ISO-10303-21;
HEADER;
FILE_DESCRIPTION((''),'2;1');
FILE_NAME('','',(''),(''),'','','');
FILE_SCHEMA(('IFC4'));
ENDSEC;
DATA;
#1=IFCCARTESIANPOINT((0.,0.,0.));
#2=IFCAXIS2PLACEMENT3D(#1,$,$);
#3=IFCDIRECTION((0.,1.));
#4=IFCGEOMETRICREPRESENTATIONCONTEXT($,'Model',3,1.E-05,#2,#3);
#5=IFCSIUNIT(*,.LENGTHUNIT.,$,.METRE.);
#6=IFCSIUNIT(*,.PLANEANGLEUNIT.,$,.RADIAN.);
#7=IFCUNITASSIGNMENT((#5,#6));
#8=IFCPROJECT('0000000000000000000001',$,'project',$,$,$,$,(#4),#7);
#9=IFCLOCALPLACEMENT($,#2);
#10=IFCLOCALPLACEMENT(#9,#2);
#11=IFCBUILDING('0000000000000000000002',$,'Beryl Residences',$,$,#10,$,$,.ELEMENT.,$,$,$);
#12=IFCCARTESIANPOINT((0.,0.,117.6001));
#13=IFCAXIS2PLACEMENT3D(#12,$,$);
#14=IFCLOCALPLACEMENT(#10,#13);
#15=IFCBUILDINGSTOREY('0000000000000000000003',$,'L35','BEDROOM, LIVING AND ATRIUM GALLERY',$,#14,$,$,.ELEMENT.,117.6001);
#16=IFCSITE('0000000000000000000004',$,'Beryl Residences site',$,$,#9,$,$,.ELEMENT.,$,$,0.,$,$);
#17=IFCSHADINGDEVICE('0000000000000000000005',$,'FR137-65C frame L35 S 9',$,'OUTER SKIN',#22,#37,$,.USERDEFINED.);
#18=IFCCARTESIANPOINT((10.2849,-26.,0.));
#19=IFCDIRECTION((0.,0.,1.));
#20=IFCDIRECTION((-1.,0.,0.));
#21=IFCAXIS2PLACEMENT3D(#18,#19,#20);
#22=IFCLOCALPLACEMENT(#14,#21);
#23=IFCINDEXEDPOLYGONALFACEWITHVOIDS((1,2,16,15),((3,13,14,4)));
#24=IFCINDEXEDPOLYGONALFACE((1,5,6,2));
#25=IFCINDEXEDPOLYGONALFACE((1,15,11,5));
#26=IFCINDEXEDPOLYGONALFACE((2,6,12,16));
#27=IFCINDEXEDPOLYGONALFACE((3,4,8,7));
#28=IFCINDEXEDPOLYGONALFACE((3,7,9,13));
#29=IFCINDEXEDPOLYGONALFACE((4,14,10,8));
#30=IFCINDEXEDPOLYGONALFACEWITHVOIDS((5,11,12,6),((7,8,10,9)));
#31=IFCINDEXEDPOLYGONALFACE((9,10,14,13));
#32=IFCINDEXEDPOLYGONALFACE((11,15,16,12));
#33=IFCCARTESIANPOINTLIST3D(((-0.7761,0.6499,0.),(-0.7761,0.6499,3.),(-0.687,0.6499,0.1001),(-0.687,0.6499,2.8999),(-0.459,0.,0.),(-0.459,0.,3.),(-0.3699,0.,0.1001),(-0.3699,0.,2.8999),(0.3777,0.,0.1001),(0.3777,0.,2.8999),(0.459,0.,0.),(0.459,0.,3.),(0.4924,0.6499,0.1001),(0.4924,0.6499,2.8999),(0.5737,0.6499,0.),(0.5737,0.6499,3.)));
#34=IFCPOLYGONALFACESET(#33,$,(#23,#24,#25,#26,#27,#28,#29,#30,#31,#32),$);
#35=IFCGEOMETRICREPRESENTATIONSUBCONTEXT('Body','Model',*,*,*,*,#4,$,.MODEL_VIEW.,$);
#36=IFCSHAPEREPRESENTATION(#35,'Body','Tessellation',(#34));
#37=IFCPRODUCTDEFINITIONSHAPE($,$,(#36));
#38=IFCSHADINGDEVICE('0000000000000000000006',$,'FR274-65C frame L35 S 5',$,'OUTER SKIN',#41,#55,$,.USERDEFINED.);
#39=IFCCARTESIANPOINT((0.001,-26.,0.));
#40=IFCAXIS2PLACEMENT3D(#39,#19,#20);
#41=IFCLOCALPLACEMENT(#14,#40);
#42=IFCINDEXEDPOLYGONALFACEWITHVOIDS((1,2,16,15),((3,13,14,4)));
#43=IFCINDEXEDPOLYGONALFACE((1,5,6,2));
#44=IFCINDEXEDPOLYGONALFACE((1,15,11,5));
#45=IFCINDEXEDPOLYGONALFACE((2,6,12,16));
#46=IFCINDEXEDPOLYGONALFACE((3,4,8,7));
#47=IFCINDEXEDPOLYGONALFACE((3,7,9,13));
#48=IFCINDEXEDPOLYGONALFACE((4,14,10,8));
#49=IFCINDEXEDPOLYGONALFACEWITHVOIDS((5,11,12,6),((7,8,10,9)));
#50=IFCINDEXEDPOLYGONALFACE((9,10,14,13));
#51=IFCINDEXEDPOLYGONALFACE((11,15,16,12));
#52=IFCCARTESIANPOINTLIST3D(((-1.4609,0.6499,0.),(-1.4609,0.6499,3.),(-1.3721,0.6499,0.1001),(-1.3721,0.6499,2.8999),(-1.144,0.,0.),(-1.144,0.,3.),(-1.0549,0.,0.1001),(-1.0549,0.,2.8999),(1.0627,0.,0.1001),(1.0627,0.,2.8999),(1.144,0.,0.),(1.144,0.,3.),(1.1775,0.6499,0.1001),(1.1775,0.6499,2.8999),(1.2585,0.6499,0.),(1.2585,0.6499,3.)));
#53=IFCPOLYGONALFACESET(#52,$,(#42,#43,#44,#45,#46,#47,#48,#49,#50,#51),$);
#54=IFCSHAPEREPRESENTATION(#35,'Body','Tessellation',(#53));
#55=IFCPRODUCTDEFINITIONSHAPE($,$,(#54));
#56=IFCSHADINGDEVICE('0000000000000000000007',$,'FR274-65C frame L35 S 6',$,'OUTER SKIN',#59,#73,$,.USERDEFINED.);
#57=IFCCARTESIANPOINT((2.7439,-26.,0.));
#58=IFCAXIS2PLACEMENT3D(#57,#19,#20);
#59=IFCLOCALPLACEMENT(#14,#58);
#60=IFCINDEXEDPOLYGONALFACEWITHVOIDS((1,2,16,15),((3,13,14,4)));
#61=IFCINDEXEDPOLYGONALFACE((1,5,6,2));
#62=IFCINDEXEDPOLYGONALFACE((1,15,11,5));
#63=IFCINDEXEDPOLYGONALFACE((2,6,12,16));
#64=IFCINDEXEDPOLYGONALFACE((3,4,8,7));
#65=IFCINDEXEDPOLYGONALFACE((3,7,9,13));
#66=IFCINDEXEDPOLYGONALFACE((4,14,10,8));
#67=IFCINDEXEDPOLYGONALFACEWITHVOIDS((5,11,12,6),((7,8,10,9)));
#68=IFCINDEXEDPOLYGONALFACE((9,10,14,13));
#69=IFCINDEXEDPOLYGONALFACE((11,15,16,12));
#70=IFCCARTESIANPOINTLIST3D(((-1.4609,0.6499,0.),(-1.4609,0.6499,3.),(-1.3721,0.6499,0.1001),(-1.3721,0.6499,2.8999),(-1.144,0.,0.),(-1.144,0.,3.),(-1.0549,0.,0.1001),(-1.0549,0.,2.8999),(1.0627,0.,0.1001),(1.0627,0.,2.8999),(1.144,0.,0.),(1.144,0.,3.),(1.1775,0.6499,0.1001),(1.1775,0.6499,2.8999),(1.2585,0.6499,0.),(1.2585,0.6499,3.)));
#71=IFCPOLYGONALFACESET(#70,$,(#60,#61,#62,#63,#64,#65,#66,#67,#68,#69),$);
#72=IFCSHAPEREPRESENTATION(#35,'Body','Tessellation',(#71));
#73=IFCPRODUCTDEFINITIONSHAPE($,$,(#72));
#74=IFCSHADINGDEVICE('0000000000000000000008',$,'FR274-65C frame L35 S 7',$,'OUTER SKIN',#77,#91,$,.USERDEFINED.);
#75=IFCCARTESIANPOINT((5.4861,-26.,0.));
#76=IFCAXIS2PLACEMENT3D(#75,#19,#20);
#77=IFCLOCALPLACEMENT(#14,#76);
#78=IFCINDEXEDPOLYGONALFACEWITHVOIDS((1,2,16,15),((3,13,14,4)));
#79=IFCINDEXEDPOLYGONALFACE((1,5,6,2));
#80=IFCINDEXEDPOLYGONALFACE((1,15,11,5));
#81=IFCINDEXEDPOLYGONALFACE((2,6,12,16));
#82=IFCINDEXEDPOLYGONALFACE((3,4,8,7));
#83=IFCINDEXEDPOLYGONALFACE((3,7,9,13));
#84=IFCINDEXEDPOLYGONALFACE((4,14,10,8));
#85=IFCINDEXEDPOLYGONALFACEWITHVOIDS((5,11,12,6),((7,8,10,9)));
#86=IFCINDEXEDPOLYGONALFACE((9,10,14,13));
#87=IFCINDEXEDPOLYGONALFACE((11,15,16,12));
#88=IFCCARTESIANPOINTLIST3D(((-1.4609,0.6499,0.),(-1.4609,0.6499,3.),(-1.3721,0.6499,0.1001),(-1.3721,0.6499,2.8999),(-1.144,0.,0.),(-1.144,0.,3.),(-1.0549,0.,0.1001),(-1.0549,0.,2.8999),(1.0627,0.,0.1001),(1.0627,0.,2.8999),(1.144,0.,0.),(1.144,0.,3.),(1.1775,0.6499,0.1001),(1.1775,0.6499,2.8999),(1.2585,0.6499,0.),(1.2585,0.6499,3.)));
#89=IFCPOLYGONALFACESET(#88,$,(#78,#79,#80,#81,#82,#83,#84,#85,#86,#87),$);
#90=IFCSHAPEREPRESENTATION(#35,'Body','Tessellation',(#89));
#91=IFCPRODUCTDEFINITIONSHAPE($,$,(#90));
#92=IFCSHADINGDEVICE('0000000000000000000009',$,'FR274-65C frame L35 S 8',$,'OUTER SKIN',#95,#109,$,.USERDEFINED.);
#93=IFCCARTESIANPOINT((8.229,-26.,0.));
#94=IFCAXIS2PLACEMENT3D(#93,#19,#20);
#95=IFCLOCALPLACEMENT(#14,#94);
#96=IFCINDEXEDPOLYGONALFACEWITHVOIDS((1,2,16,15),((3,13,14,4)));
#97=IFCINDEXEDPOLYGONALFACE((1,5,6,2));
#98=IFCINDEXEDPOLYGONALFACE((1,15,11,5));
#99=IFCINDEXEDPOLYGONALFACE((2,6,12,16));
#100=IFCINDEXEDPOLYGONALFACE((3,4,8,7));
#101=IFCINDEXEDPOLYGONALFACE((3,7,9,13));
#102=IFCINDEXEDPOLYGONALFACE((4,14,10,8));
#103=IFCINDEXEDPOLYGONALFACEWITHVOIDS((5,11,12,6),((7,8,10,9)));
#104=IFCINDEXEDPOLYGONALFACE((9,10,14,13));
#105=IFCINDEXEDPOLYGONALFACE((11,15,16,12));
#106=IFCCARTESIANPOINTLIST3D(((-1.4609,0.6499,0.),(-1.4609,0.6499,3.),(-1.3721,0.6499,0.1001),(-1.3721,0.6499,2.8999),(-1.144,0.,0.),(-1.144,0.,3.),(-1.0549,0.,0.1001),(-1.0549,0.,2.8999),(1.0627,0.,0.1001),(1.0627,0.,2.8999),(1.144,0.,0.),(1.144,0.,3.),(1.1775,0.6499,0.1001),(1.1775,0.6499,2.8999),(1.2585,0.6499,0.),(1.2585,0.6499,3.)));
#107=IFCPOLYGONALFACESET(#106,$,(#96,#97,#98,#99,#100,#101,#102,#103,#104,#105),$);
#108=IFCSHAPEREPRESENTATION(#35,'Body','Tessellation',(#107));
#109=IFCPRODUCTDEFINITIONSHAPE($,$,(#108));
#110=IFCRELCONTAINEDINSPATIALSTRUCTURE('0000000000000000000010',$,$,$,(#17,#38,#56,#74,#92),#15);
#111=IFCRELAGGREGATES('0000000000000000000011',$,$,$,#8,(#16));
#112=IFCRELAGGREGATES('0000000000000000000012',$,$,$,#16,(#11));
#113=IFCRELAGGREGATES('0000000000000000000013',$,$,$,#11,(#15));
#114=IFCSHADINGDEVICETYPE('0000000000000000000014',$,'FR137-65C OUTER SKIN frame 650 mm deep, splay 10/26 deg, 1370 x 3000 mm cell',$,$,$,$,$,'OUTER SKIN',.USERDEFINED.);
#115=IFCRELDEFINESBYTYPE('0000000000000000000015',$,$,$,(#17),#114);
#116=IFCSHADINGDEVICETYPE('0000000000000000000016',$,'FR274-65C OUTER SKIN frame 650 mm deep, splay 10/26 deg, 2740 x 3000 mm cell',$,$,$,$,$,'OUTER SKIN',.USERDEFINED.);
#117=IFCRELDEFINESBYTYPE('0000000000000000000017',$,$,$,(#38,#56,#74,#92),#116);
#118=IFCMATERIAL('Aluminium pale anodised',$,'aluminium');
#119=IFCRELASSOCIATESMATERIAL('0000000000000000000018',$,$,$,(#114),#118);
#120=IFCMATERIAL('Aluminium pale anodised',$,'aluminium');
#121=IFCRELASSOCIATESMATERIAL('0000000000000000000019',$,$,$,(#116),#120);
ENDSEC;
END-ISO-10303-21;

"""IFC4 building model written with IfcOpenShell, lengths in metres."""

from ifc_helpers import new_model, entity, si_unit, direction, frame, origin, place, context, subcontext, project, spatial, source, transform, mapped, material, type_object, type_shapes, element, save


model = new_model("IFC4")

# Units and contexts
model_context = context("Model", 3, precision=1e-05, world=origin(), true_north=direction((0.0, 1.0)))
body_context = subcontext(model_context, "Body", "Model", "MODEL_VIEW")
ifc_project = project(units=[si_unit("LENGTHUNIT", "METRE"), si_unit("PLANEANGLEUNIT", "RADIAN")], contexts=[model_context])

# Site, building, storey
site_placement = place(None, origin())
site = spatial("IfcSite", under=ifc_project, at=site_placement, Name="Beryl Residences site", CompositionType="ELEMENT", RefElevation=0.0)
building_placement = place(site_placement, origin())
building = spatial("IfcBuilding", under=site, at=building_placement, Name="Beryl Residences", CompositionType="ELEMENT")
storey_placement = place(building_placement, frame((0.0, 0.0, 117.6001)))
storey = spatial("IfcBuildingStorey", under=building, at=storey_placement, Name="L35", Description="BEDROOM, LIVING AND ATRIUM GALLERY", CompositionType="ELEMENT", Elevation=117.6001)

# Shading devices
ifc_material_1 = material(Name="Aluminium pale anodised", Category="aluminium")
shading_device_type_1 = type_object("IfcShadingDeviceType", Name="FR137-65C OUTER SKIN frame 650 mm deep, splay 10/26 deg, 1370 x 3000 mm cell", ElementType="OUTER SKIN", PredefinedType="USERDEFINED", material=ifc_material_1)
cartesian_point_1 = entity("IfcCartesianPoint", [-0.459, 0.0])
cartesian_point_2 = entity("IfcCartesianPoint", [-0.3777, 0.1001])
cartesian_point_3 = entity("IfcCartesianPoint", [-0.5737, 0.0])
cartesian_point_4 = entity("IfcCartesianPoint", [-0.4924, 0.1001])
shared_shape_1 = source(origin(), body_context, "Body", "SweptSolid", [
    entity("IfcExtrudedAreaSolidTapered", entity("IfcArbitraryProfileDefWithVoids", "AREA", None, entity("IfcPolyline", [cartesian_point_1, entity("IfcCartesianPoint", [0.459, 0.0]), entity("IfcCartesianPoint", [0.459, 3.0]), entity("IfcCartesianPoint", [-0.459, 3.0]), cartesian_point_1]), [entity("IfcPolyline", [cartesian_point_2, entity("IfcCartesianPoint", [0.3699, 0.1001]), entity("IfcCartesianPoint", [0.3699, 2.8999]), entity("IfcCartesianPoint", [-0.3777, 2.8999]), cartesian_point_2])]), entity("IfcAxis2Placement3D", entity("IfcCartesianPoint", [0.0, 0.0, 0.0]), entity("IfcDirection", [0.0, 1.0, 0.0]), entity("IfcDirection", [-1.0, 0.0, 0.0])), entity("IfcDirection", [0.0, 0.0, 1.0]), 0.6499, entity("IfcArbitraryProfileDefWithVoids", "AREA", None, entity("IfcPolyline", [cartesian_point_3, entity("IfcCartesianPoint", [0.7761, 0.0]), entity("IfcCartesianPoint", [0.7761, 3.0]), entity("IfcCartesianPoint", [-0.5737, 3.0]), cartesian_point_3]), [entity("IfcPolyline", [cartesian_point_4, entity("IfcCartesianPoint", [0.687, 0.1001]), entity("IfcCartesianPoint", [0.687, 2.8999]), entity("IfcCartesianPoint", [-0.4924, 2.8999]), cartesian_point_4])])),
])
type_shapes(shading_device_type_1, [shared_shape_1])
shading_device_placement = place(storey_placement, frame((10.2849, -26.0, 0.0), z_axis=(0.0, 0.0, 1.0), x_axis=(-1.0, 0.0, 0.0)))
element("IfcShadingDevice", 1, at=shading_device_placement, inside=storey, type_object=shading_device_type_1, Name="FR137-65C frame L35 S 9", ObjectType="OUTER SKIN", PredefinedType="USERDEFINED", context=body_context, shape_type="MappedRepresentation", body=[
    mapped(shared_shape_1, transform((0.0, 0.0, 0.0))),
])
ifc_material_2 = material(Name="Aluminium pale anodised", Category="aluminium")
shading_device_type_2 = type_object("IfcShadingDeviceType", Name="FR274-65C OUTER SKIN frame 650 mm deep, splay 10/26 deg, 2740 x 3000 mm cell", ElementType="OUTER SKIN", PredefinedType="USERDEFINED", material=ifc_material_2)
cartesian_point_5 = entity("IfcCartesianPoint", [-1.144, 0.0])
cartesian_point_6 = entity("IfcCartesianPoint", [-1.0627, 0.1001])
cartesian_point_7 = entity("IfcCartesianPoint", [-1.2585, 0.0])
cartesian_point_8 = entity("IfcCartesianPoint", [-1.1775, 0.1001])
shared_shape_2 = source(origin(), body_context, "Body", "SweptSolid", [
    entity("IfcExtrudedAreaSolidTapered", entity("IfcArbitraryProfileDefWithVoids", "AREA", None, entity("IfcPolyline", [cartesian_point_5, entity("IfcCartesianPoint", [1.144, 0.0]), entity("IfcCartesianPoint", [1.144, 3.0]), entity("IfcCartesianPoint", [-1.144, 3.0]), cartesian_point_5]), [entity("IfcPolyline", [cartesian_point_6, entity("IfcCartesianPoint", [1.0549, 0.1001]), entity("IfcCartesianPoint", [1.0549, 2.8999]), entity("IfcCartesianPoint", [-1.0627, 2.8999]), cartesian_point_6])]), entity("IfcAxis2Placement3D", entity("IfcCartesianPoint", [0.0, 0.0, 0.0]), entity("IfcDirection", [0.0, 1.0, 0.0]), entity("IfcDirection", [-1.0, 0.0, 0.0])), entity("IfcDirection", [0.0, 0.0, 1.0]), 0.6499, entity("IfcArbitraryProfileDefWithVoids", "AREA", None, entity("IfcPolyline", [cartesian_point_7, entity("IfcCartesianPoint", [1.4609, 0.0]), entity("IfcCartesianPoint", [1.4609, 3.0]), entity("IfcCartesianPoint", [-1.2585, 3.0]), cartesian_point_7]), [entity("IfcPolyline", [cartesian_point_8, entity("IfcCartesianPoint", [1.3721, 0.1001]), entity("IfcCartesianPoint", [1.3721, 2.8999]), entity("IfcCartesianPoint", [-1.1775, 2.8999]), cartesian_point_8])])),
])
type_shapes(shading_device_type_2, [shared_shape_2])
for number, where, z_axis, x_axis, name in (
    (2, (0.001, -26.0, 0.0), (0.0, 0.0, 1.0), (-1.0, 0.0, 0.0), "FR274-65C frame L35 S 5"),
    (3, (2.7439, -26.0, 0.0), (0.0, 0.0, 1.0), (-1.0, 0.0, 0.0), "FR274-65C frame L35 S 6"),
    (4, (5.4861, -26.0, 0.0), (0.0, 0.0, 1.0), (-1.0, 0.0, 0.0), "FR274-65C frame L35 S 7"),
    (5, (8.229, -26.0, 0.0), (0.0, 0.0, 1.0), (-1.0, 0.0, 0.0), "FR274-65C frame L35 S 8"),
):
    element("IfcShadingDevice", number, at=place(storey_placement, frame(where, z_axis=z_axis, x_axis=x_axis)), inside=storey, type_object=shading_device_type_2, Name=name, ObjectType="OUTER SKIN", PredefinedType="USERDEFINED", context=body_context, shape_type="MappedRepresentation", body=[
        mapped(shared_shape_2, transform((0.0, 0.0, 0.0))),
    ])

save(model, "model.ifc")
